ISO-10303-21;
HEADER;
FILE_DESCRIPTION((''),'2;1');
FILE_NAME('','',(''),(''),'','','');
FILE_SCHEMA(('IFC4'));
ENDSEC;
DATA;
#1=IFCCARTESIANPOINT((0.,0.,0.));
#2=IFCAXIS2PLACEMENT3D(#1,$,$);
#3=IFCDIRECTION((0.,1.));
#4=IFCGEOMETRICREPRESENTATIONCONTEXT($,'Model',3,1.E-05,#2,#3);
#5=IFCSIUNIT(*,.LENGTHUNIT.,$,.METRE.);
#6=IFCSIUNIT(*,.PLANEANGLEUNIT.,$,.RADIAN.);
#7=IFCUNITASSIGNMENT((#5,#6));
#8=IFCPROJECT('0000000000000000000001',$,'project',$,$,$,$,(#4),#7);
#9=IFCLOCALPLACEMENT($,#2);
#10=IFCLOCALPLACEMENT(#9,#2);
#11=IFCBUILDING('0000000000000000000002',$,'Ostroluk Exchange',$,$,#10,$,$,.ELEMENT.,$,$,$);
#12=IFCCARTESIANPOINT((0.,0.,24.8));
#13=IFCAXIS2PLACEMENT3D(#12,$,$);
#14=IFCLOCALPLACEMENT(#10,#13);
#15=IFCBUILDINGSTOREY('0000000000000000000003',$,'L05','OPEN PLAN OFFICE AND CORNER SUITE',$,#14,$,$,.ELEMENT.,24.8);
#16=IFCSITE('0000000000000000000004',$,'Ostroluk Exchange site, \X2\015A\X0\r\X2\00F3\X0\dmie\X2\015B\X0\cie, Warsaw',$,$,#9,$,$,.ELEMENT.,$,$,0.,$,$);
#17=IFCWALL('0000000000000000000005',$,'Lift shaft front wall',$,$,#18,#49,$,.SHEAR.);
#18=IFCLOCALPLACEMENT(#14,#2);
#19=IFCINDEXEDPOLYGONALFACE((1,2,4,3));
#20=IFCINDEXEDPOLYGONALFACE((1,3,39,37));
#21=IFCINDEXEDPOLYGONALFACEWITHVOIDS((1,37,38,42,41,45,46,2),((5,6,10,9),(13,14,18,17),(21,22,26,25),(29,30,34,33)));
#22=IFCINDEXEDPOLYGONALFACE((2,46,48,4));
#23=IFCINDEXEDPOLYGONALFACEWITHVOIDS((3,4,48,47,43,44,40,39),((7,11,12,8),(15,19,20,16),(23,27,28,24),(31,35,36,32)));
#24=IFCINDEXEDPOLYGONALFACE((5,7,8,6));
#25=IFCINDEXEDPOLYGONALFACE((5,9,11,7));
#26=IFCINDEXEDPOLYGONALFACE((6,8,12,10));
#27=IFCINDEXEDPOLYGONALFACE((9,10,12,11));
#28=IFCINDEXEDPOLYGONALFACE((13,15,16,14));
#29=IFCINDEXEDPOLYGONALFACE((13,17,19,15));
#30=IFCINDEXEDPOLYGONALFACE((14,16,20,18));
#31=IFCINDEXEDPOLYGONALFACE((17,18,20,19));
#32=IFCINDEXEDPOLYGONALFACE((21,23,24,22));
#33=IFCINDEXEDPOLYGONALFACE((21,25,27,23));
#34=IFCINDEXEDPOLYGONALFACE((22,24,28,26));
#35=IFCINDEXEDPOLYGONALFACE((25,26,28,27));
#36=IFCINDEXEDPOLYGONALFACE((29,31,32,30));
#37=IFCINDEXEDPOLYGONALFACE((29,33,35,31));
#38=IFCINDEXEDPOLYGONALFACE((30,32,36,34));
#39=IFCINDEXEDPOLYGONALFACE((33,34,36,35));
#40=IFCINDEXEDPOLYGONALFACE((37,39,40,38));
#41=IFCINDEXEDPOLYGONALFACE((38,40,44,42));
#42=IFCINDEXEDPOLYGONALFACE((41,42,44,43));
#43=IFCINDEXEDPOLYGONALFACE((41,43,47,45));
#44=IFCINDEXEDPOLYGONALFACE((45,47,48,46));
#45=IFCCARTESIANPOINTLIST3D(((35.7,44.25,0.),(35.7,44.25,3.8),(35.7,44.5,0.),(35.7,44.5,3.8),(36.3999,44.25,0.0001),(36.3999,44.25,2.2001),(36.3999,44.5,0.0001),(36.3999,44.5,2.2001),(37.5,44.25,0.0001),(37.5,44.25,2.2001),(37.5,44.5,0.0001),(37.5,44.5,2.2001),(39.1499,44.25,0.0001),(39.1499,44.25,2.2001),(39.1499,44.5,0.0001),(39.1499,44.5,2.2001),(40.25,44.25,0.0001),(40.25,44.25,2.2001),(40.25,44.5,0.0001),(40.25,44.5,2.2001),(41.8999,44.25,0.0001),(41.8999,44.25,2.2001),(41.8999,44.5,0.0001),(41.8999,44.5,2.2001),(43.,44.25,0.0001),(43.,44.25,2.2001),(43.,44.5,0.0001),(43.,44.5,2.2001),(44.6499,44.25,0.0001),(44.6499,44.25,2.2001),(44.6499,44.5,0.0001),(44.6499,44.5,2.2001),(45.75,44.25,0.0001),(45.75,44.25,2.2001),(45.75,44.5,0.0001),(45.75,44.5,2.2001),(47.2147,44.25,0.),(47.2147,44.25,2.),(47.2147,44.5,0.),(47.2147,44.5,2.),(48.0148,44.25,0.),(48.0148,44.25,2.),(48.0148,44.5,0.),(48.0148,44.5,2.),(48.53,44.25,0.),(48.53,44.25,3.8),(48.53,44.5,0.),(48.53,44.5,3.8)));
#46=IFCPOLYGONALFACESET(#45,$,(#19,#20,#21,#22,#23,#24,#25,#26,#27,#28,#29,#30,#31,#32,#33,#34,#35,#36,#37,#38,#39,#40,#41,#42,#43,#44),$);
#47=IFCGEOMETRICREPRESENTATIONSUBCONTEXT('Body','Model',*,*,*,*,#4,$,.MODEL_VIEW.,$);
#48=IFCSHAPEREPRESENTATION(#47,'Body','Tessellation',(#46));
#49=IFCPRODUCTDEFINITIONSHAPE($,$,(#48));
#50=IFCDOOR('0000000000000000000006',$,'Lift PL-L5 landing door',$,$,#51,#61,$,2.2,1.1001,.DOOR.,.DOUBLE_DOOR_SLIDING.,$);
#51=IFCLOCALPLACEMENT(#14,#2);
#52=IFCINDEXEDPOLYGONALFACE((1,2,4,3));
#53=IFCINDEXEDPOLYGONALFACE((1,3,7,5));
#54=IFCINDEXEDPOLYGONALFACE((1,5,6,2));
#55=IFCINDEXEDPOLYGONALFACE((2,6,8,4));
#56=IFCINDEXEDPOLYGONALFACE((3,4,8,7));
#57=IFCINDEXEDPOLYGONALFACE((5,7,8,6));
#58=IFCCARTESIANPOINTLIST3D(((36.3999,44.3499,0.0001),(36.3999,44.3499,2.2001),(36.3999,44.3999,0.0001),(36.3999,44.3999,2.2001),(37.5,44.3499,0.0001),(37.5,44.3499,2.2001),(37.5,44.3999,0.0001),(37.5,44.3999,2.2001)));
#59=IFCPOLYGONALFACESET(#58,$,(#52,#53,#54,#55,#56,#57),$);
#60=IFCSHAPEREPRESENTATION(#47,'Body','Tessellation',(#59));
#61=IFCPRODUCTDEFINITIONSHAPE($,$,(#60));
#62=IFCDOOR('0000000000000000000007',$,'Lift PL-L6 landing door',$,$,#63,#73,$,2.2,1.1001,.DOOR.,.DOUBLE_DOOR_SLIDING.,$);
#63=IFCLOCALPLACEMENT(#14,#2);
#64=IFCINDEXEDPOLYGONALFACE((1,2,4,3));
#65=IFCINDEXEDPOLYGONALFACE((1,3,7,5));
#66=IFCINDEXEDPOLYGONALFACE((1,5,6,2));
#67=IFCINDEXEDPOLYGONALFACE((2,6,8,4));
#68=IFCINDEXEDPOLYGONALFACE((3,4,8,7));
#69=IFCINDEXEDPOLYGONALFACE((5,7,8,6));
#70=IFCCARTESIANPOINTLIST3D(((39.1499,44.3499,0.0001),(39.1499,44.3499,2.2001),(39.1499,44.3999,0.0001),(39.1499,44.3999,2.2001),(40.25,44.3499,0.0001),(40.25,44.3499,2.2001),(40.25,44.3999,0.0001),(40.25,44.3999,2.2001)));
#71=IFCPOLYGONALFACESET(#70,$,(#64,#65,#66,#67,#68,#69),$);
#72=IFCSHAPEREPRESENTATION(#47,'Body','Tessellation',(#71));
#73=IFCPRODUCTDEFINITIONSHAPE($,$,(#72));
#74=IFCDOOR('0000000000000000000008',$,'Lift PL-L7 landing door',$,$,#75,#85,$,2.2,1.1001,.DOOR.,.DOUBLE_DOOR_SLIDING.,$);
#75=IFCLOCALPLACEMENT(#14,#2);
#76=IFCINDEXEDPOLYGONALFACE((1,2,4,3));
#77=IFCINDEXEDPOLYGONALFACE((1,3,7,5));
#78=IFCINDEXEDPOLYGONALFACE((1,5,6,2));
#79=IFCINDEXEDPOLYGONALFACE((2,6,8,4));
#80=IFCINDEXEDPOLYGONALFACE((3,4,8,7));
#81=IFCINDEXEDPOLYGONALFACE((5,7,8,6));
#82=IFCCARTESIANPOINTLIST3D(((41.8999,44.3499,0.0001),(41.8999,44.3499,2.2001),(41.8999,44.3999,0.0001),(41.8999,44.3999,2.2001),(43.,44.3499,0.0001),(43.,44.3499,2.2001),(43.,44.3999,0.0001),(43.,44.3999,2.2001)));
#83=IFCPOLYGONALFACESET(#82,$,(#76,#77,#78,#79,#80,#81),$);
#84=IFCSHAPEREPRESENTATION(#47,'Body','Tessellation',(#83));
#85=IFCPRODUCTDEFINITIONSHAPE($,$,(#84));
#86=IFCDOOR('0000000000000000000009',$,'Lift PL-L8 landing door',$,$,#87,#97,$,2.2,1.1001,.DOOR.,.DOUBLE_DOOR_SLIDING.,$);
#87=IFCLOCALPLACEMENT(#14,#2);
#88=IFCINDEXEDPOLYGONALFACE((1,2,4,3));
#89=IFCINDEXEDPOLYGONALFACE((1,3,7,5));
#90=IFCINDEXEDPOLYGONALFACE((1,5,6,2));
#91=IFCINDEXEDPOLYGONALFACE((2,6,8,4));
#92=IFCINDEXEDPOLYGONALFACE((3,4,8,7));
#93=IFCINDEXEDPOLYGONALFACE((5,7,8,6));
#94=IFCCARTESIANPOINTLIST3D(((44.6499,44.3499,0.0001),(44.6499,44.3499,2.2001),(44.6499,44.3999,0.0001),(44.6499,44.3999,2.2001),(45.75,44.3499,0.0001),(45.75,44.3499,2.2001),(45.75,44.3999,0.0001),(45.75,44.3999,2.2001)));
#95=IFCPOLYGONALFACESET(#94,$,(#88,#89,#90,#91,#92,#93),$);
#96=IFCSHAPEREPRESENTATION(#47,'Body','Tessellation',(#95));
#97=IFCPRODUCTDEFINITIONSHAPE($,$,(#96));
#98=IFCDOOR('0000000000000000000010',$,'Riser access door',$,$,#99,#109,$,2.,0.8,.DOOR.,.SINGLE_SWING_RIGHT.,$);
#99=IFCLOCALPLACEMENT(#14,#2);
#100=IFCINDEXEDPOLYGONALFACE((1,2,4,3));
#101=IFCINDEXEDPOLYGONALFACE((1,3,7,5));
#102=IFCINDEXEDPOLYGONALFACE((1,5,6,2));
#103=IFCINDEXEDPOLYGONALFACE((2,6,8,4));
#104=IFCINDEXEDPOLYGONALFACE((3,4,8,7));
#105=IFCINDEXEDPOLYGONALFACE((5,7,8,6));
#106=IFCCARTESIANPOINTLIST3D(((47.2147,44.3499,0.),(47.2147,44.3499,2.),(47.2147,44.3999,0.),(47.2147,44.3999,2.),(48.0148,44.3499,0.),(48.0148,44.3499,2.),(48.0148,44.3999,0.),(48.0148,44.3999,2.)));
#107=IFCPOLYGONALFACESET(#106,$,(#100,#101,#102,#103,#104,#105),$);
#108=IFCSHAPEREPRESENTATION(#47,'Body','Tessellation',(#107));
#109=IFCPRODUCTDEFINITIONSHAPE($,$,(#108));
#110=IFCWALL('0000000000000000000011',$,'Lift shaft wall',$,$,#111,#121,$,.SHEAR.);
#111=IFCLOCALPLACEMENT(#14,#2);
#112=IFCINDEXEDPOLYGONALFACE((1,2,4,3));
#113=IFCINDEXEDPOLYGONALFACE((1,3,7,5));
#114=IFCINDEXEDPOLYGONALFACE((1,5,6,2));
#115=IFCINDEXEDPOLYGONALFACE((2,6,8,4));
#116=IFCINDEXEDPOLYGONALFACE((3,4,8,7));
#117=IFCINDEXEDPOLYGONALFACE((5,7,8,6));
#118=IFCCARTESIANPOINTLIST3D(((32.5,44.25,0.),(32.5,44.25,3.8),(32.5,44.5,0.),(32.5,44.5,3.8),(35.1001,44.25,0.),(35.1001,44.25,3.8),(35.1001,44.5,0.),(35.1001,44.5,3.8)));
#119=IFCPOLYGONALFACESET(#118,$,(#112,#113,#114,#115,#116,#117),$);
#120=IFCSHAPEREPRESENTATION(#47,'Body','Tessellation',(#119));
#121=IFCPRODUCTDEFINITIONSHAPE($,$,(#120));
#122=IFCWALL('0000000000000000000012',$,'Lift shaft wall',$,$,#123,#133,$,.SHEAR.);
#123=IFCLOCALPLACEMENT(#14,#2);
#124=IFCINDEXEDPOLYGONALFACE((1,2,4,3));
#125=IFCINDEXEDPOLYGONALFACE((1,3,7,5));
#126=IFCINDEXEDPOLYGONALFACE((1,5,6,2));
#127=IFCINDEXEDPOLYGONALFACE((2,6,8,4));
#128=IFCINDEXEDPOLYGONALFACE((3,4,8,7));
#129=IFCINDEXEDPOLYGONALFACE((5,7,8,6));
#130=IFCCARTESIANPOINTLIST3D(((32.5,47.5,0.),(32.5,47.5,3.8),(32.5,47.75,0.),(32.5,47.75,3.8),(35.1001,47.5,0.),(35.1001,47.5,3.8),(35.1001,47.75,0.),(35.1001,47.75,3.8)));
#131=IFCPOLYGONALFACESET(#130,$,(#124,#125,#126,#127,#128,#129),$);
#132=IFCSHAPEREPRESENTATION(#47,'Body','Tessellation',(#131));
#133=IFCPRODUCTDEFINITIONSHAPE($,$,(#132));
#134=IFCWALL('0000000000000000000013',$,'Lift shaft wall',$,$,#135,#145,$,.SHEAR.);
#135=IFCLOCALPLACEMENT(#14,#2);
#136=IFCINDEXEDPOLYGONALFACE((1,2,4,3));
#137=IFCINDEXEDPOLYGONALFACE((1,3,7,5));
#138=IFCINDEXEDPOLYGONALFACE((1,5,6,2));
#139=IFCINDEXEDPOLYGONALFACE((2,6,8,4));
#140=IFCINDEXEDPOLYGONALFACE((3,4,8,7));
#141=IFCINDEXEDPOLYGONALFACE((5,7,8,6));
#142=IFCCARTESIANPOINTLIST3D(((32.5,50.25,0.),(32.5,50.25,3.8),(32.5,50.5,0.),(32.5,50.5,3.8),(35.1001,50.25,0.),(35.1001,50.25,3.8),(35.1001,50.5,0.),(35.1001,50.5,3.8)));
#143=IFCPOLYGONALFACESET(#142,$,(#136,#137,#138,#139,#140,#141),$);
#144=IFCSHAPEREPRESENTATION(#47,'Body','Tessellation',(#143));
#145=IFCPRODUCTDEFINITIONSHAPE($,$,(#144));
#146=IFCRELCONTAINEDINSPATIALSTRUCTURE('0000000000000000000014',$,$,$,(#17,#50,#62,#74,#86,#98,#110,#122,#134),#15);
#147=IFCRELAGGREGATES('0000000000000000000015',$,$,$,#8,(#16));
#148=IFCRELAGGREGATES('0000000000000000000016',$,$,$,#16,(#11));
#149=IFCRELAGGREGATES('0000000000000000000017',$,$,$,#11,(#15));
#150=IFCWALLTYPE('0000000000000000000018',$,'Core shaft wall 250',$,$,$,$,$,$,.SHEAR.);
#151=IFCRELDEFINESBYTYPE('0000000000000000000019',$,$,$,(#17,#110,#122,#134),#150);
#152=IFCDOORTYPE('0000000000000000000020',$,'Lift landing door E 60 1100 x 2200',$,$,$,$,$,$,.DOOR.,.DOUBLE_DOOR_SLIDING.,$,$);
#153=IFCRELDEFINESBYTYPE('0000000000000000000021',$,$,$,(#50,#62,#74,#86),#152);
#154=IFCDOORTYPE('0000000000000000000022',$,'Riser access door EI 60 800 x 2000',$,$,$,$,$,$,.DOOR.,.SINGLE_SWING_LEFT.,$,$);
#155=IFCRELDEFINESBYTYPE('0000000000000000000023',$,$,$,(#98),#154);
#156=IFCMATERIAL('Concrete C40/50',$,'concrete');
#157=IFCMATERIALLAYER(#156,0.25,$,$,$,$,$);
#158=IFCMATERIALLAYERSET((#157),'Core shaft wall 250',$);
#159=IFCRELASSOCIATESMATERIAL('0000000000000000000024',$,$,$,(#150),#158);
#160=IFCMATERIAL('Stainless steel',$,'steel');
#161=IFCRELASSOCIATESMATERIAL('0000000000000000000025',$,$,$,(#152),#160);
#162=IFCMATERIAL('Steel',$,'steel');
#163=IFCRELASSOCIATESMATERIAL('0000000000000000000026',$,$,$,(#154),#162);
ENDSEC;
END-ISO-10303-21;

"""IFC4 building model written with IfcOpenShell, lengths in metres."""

from ifc_helpers import new_model, si_unit, direction, frame, frame_2d, origin, place, context, subcontext, project, spatial, rectangle, extrude, material, layer, layer_set, type_object, element, fill, save


model = new_model("IFC4")

# Units and contexts
model_context = context("Model", 3, precision=1e-05, world=origin(), true_north=direction((0.0, 1.0)))
body_context = subcontext(model_context, "Body", "Model", "MODEL_VIEW")
ifc_project = project(units=[si_unit("LENGTHUNIT", "METRE"), si_unit("PLANEANGLEUNIT", "RADIAN")], contexts=[model_context])

# Site, building, storey
site_placement = place(None, origin())
site = spatial("IfcSite", under=ifc_project, at=site_placement, Name="Ostroluk Exchange site, Śródmieście, Warsaw", CompositionType="ELEMENT", RefElevation=0.0)
building_placement = place(site_placement, origin())
building = spatial("IfcBuilding", under=site, at=building_placement, Name="Ostroluk Exchange", CompositionType="ELEMENT")
storey_placement = place(building_placement, frame((0.0, 0.0, 24.8)))
storey = spatial("IfcBuildingStorey", under=building, at=storey_placement, Name="L05", Description="OPEN PLAN OFFICE AND CORNER SUITE", CompositionType="ELEMENT", Elevation=24.8)

# Shared definitions
ifc_material_1 = material(Name="Concrete C40/50", Category="concrete")
ifc_layer = layer(ifc_material_1, 0.25)
ifc_layer_set = layer_set([ifc_layer], Name="Core shaft wall 250")
wall_type = type_object("IfcWallType", Name="Core shaft wall 250", PredefinedType="SHEAR", material=ifc_layer_set)

# Shared definitions
ifc_material_2 = material(Name="Stainless steel", Category="steel")
door_type_1 = type_object("IfcDoorType", Name="Lift landing door E 60 1100 x 2200", OperationType="DOUBLE_DOOR_SLIDING", PredefinedType="DOOR", material=ifc_material_2)
ifc_material_3 = material(Name="Steel", Category="steel")
door_type_2 = type_object("IfcDoorType", Name="Riser access door EI 60 800 x 2000", OperationType="SINGLE_SWING_LEFT", PredefinedType="DOOR", material=ifc_material_3)

# Wall, openings, doors
wall_1_placement = place(storey_placement, frame((35.7, 44.375, 0.0), z_axis=(0.0, 0.0, 1.0), x_axis=(1.0, 0.0, 0.0)))
wall_1 = element("IfcWall", 1, at=wall_1_placement, inside=storey, type_object=wall_type, Name="Lift shaft front wall", PredefinedType="SHEAR", context=body_context, shape_type="SweptSolid", body=[
    extrude(rectangle(XDim=12.8301, YDim=0.25, at=frame_2d((6.415, 0.0))), origin(), (0.0, 0.0, 1.0), 3.8),
])
opening_1_placement = place(wall_1_placement, frame((0.7, 0.0, 0.0)))
opening_1 = element("IfcOpeningElement", 2, at=opening_1_placement, cuts=wall_1, PredefinedType="OPENING", context=body_context, shape_type="SweptSolid", body=[
    extrude(rectangle(XDim=1.1001, YDim=2.2, at=frame_2d((0.55, 1.1001))), frame((0.0, 0.135, 0.0), z_axis=(0.0, -1.0, 0.0), x_axis=(1.0, 0.0, 0.0)), (0.0, 0.0, 1.0), 0.27),
])
opening_2_placement = place(wall_1_placement, frame((3.45, 0.0, 0.0)))
opening_2 = element("IfcOpeningElement", 3, at=opening_2_placement, cuts=wall_1, PredefinedType="OPENING", context=body_context, shape_type="SweptSolid", body=[
    extrude(rectangle(XDim=1.1001, YDim=2.2, at=frame_2d((0.55, 1.1001))), frame((0.0, 0.135, 0.0), z_axis=(0.0, -1.0, 0.0), x_axis=(1.0, 0.0, 0.0)), (0.0, 0.0, 1.0), 0.27),
])
opening_3_placement = place(wall_1_placement, frame((6.2, 0.0, 0.0)))
opening_3 = element("IfcOpeningElement", 4, at=opening_3_placement, cuts=wall_1, PredefinedType="OPENING", context=body_context, shape_type="SweptSolid", body=[
    extrude(rectangle(XDim=1.1001, YDim=2.2, at=frame_2d((0.55, 1.1001))), frame((0.0, 0.135, 0.0), z_axis=(0.0, -1.0, 0.0), x_axis=(1.0, 0.0, 0.0)), (0.0, 0.0, 1.0), 0.27),
])
opening_4_placement = place(wall_1_placement, frame((8.95, 0.0, 0.0)))
opening_4 = element("IfcOpeningElement", 5, at=opening_4_placement, cuts=wall_1, PredefinedType="OPENING", context=body_context, shape_type="SweptSolid", body=[
    extrude(rectangle(XDim=1.1001, YDim=2.2, at=frame_2d((0.55, 1.1001))), frame((0.0, 0.135, 0.0), z_axis=(0.0, -1.0, 0.0), x_axis=(1.0, 0.0, 0.0)), (0.0, 0.0, 1.0), 0.27),
])
opening_5_placement = place(wall_1_placement, frame((11.5149, 0.0, 0.0)))
opening_5 = element("IfcOpeningElement", 6, at=opening_5_placement, cuts=wall_1, PredefinedType="OPENING", context=body_context, shape_type="SweptSolid", body=[
    extrude(rectangle(XDim=0.8, YDim=2.0, at=frame_2d((0.3999, 1.0))), frame((0.0, 0.135, 0.0), z_axis=(0.0, -1.0, 0.0), x_axis=(1.0, 0.0, 0.0)), (0.0, 0.0, 1.0), 0.27),
])
door_1_placement = place(opening_1_placement, origin())
door_1 = element("IfcDoor", 7, at=door_1_placement, inside=storey, type_object=door_type_1, Name="Lift PL-L5 landing door", OperationType="DOUBLE_DOOR_SLIDING", OverallHeight=2.2, OverallWidth=1.1001, PredefinedType="DOOR", context=body_context, shape_type="SweptSolid", body=[
    extrude(rectangle(XDim=1.1001, YDim=2.2, at=frame_2d((0.55, 1.1001))), frame((0.0, 0.0249, 0.0), z_axis=(0.0, -1.0, 0.0), x_axis=(1.0, 0.0, 0.0)), (0.0, 0.0, 1.0), 0.05),
])
fill(opening_1, door_1)
door_2_placement = place(opening_2_placement, origin())
door_2 = element("IfcDoor", 8, at=door_2_placement, inside=storey, type_object=door_type_1, Name="Lift PL-L6 landing door", OperationType="DOUBLE_DOOR_SLIDING", OverallHeight=2.2, OverallWidth=1.1001, PredefinedType="DOOR", context=body_context, shape_type="SweptSolid", body=[
    extrude(rectangle(XDim=1.1001, YDim=2.2, at=frame_2d((0.55, 1.1001))), frame((0.0, 0.0249, 0.0), z_axis=(0.0, -1.0, 0.0), x_axis=(1.0, 0.0, 0.0)), (0.0, 0.0, 1.0), 0.05),
])
fill(opening_2, door_2)
door_3_placement = place(opening_3_placement, origin())
door_3 = element("IfcDoor", 9, at=door_3_placement, inside=storey, type_object=door_type_1, Name="Lift PL-L7 landing door", OperationType="DOUBLE_DOOR_SLIDING", OverallHeight=2.2, OverallWidth=1.1001, PredefinedType="DOOR", context=body_context, shape_type="SweptSolid", body=[
    extrude(rectangle(XDim=1.1001, YDim=2.2, at=frame_2d((0.55, 1.1001))), frame((0.0, 0.0249, 0.0), z_axis=(0.0, -1.0, 0.0), x_axis=(1.0, 0.0, 0.0)), (0.0, 0.0, 1.0), 0.05),
])
fill(opening_3, door_3)
door_4_placement = place(opening_4_placement, origin())
door_4 = element("IfcDoor", 10, at=door_4_placement, inside=storey, type_object=door_type_1, Name="Lift PL-L8 landing door", OperationType="DOUBLE_DOOR_SLIDING", OverallHeight=2.2, OverallWidth=1.1001, PredefinedType="DOOR", context=body_context, shape_type="SweptSolid", body=[
    extrude(rectangle(XDim=1.1001, YDim=2.2, at=frame_2d((0.55, 1.1001))), frame((0.0, 0.0249, 0.0), z_axis=(0.0, -1.0, 0.0), x_axis=(1.0, 0.0, 0.0)), (0.0, 0.0, 1.0), 0.05),
])
fill(opening_4, door_4)
door_5_placement = place(opening_5_placement, origin())
door_5 = element("IfcDoor", 11, at=door_5_placement, inside=storey, type_object=door_type_2, Name="Riser access door", OperationType="SINGLE_SWING_RIGHT", OverallHeight=2.0, OverallWidth=0.8, PredefinedType="DOOR", context=body_context, shape_type="SweptSolid", body=[
    extrude(rectangle(XDim=0.8, YDim=2.0, at=frame_2d((0.3999, 1.0))), frame((0.0, 0.0249, 0.0), z_axis=(0.0, -1.0, 0.0), x_axis=(1.0, 0.0, 0.0)), (0.0, 0.0, 1.0), 0.05),
])
fill(opening_5, door_5)

# Walls
for number, where, z_axis, x_axis, name in (
    (12, (32.5, 44.375, 0.0), (0.0, 0.0, 1.0), (1.0, 0.0, 0.0), "Lift shaft wall"),
    (13, (32.5, 47.625, 0.0), (0.0, 0.0, 1.0), (1.0, 0.0, 0.0), "Lift shaft wall"),
    (14, (32.5, 50.375, 0.0), (0.0, 0.0, 1.0), (1.0, 0.0, 0.0), "Lift shaft wall"),
):
    element("IfcWall", number, at=place(storey_placement, frame(where, z_axis=z_axis, x_axis=x_axis)), inside=storey, type_object=wall_type, Name=name, PredefinedType="SHEAR", context=body_context, shape_type="SweptSolid", body=[
        extrude(rectangle(XDim=2.6001, YDim=0.25, at=frame_2d((1.3, 0.0))), origin(), (0.0, 0.0, 1.0), 3.8),
    ])

save(model, "model.ifc")
